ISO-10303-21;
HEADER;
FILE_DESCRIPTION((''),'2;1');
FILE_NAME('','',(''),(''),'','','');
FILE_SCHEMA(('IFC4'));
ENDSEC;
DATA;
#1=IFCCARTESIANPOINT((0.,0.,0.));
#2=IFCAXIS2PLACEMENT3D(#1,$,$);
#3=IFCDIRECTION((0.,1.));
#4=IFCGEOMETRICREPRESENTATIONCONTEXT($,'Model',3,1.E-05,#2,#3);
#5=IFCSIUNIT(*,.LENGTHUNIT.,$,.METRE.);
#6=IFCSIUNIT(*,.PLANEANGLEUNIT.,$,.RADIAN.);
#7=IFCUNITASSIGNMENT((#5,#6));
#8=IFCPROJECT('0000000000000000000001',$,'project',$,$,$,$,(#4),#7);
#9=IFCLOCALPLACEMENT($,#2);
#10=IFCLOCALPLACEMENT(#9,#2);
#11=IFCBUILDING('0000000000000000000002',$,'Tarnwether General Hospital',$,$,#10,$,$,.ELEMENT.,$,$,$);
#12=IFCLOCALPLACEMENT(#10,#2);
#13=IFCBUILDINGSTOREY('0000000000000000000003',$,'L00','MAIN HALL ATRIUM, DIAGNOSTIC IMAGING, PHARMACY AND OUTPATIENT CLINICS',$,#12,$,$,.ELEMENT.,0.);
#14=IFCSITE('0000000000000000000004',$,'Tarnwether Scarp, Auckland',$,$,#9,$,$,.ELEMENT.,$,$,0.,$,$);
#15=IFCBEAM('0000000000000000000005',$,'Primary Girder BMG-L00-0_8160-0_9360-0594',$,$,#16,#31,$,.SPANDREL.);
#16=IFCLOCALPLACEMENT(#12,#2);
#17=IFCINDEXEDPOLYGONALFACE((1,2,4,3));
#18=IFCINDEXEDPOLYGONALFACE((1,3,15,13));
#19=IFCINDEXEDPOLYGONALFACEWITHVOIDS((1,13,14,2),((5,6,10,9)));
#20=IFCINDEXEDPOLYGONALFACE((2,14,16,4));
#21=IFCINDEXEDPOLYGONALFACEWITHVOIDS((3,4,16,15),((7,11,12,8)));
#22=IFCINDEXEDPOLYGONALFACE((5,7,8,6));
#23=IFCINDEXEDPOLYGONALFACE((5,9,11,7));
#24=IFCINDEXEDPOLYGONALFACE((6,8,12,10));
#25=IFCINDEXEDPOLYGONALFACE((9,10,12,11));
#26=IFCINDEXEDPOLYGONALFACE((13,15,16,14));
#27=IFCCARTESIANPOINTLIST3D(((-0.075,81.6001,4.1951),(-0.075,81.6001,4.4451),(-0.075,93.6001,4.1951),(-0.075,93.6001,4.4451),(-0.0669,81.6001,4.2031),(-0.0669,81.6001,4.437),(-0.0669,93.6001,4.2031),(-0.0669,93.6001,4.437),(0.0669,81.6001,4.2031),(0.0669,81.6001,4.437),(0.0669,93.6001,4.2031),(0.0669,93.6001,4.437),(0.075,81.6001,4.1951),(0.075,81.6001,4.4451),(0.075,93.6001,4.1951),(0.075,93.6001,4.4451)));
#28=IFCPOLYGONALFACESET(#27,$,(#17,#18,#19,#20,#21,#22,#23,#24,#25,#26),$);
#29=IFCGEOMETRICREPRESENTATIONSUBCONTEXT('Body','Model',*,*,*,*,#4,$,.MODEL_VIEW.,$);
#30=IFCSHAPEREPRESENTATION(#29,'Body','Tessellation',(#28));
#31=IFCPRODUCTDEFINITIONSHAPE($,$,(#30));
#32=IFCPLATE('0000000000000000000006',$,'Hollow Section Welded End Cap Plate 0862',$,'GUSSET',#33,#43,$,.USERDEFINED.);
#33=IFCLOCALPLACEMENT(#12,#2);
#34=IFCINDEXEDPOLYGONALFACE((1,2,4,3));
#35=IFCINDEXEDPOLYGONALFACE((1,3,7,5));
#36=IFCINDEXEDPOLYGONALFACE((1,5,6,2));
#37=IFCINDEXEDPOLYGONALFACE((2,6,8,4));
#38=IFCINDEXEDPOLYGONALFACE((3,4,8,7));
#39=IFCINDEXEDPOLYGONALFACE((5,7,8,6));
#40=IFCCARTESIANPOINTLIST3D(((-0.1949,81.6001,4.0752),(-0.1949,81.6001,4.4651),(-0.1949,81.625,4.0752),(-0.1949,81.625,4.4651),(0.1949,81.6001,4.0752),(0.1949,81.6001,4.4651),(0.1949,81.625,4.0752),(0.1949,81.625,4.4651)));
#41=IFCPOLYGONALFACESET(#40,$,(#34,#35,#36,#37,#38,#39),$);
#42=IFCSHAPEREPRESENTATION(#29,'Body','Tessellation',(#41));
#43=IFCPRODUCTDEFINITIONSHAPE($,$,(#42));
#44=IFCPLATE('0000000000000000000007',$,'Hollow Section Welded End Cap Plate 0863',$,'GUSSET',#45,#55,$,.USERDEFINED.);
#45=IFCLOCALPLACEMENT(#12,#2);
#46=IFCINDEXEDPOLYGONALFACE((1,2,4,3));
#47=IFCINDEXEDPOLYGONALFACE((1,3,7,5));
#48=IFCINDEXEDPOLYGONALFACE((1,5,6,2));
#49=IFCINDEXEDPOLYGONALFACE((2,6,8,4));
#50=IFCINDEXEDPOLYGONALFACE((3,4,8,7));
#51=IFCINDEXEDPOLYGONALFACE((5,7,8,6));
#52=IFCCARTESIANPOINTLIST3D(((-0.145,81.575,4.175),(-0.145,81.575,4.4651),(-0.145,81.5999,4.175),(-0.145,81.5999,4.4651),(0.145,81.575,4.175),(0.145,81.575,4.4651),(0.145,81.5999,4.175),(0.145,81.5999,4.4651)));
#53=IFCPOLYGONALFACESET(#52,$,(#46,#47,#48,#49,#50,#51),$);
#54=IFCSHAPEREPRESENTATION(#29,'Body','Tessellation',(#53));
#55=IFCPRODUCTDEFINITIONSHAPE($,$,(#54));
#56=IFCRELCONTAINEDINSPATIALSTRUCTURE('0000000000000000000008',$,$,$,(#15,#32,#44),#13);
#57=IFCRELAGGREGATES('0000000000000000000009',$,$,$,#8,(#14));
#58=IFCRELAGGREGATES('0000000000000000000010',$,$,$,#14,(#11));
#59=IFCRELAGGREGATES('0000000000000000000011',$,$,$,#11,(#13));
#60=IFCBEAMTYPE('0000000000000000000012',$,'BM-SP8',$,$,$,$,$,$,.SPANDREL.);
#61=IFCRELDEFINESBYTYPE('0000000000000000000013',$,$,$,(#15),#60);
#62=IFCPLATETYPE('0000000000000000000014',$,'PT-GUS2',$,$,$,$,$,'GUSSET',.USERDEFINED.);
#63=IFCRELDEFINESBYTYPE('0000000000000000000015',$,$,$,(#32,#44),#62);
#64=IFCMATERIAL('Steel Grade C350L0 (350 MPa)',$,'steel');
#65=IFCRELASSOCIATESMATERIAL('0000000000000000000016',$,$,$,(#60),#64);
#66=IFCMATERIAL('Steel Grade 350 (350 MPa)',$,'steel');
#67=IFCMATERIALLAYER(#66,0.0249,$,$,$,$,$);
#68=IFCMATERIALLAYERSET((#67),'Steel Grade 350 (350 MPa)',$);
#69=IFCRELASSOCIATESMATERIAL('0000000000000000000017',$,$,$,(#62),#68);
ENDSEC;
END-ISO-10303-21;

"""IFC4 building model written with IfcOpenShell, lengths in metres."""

from ifc_helpers import new_model, si_unit, direction, frame, origin, origin_2d, place, context, subcontext, project, spatial, rectangle, hollow_rectangle, extrude, material, layer, layer_set, material_profile, profile_set, type_object, element, save


model = new_model("IFC4")

# Units and contexts
model_context = context("Model", 3, precision=1e-05, world=origin(), true_north=direction((0.0, 1.0)))
body_context = subcontext(model_context, "Body", "Model", "MODEL_VIEW")
ifc_project = project(units=[si_unit("LENGTHUNIT", "METRE"), si_unit("PLANEANGLEUNIT", "RADIAN")], contexts=[model_context])

# Site, building, storey
site_placement = place(None, origin())
site = spatial("IfcSite", under=ifc_project, at=site_placement, Name="Tarnwether Scarp, Auckland", CompositionType="ELEMENT", RefElevation=0.0)
building_placement = place(site_placement, origin())
building = spatial("IfcBuilding", under=site, at=building_placement, Name="Tarnwether General Hospital", CompositionType="ELEMENT")
storey_placement = place(building_placement, origin())
storey = spatial("IfcBuildingStorey", under=building, at=storey_placement, Name="L00", Description="MAIN HALL ATRIUM, DIAGNOSTIC IMAGING, PHARMACY AND OUTPATIENT CLINICS", CompositionType="ELEMENT", Elevation=0.0)

# Beam
ifc_material_1 = material(Name="Steel Grade C350L0 (350 MPa)", Category="steel")
ifc_material_profile_1 = material_profile(ifc_material_1, hollow_rectangle(XDim=0.1499, YDim=0.25, WallThickness=0.0081, at=origin_2d()), Name="RHS250x150x8")
ifc_profile_set_1 = profile_set([ifc_material_profile_1], Name="Steel Grade C350L0 (350 MPa)")
beam_type_1 = type_object("IfcBeamType", Name="BM-SP8", PredefinedType="SPANDREL", material=ifc_profile_set_1)
beam_1_placement = place(storey_placement, frame((0.0, 81.6001, 4.3201), z_axis=(0.0, 1.0, 0.0), x_axis=(-1.0, 0.0, 0.0)))
element("IfcBeam", 1, at=beam_1_placement, inside=storey, type_object=beam_type_1, Name="Primary Girder BMG-L00-0_8160-0_9360-0594", PredefinedType="SPANDREL", context=body_context, shape_type="SweptSolid", body=[
    extrude(hollow_rectangle(XDim=0.1499, YDim=0.25, WallThickness=0.0081, at=origin_2d()), origin(), (0.0, 0.0, 1.0), 12.0),
])

# Plates
ifc_material_2 = material(Name="Steel Grade 350 (350 MPa)", Category="steel")
ifc_layer_1 = layer(ifc_material_2, 0.0249)
ifc_layer_set_1 = layer_set([ifc_layer_1], Name="Steel Grade 350 (350 MPa)")
plate_type = type_object("IfcPlateType", Name="PT-GUS2", ElementType="GUSSET", PredefinedType="USERDEFINED", material=ifc_layer_set_1)
plate_1_placement = place(storey_placement, frame((0.0, 81.6125, 4.0752), z_axis=(0.0, 0.0, 1.0), x_axis=(0.0, 1.0, 0.0)))
element("IfcPlate", 2, at=plate_1_placement, inside=storey, type_object=plate_type, Name="Hollow Section Welded End Cap Plate 0862", ObjectType="GUSSET", PredefinedType="USERDEFINED", context=body_context, shape_type="SweptSolid", body=[
    extrude(rectangle(XDim=0.0249, YDim=0.3899, at=origin_2d()), origin(), (0.0, 0.0, 1.0), 0.3899),
])
plate_2_placement = place(storey_placement, frame((0.0, 81.5874, 4.175), z_axis=(0.0, 0.0, 1.0), x_axis=(0.0, 1.0, 0.0)))
element("IfcPlate", 3, at=plate_2_placement, inside=storey, type_object=plate_type, Name="Hollow Section Welded End Cap Plate 0863", ObjectType="GUSSET", PredefinedType="USERDEFINED", context=body_context, shape_type="SweptSolid", body=[
    extrude(rectangle(XDim=0.0249, YDim=0.29, at=origin_2d()), origin(), (0.0, 0.0, 1.0), 0.29),
])

save(model, "model.ifc")
